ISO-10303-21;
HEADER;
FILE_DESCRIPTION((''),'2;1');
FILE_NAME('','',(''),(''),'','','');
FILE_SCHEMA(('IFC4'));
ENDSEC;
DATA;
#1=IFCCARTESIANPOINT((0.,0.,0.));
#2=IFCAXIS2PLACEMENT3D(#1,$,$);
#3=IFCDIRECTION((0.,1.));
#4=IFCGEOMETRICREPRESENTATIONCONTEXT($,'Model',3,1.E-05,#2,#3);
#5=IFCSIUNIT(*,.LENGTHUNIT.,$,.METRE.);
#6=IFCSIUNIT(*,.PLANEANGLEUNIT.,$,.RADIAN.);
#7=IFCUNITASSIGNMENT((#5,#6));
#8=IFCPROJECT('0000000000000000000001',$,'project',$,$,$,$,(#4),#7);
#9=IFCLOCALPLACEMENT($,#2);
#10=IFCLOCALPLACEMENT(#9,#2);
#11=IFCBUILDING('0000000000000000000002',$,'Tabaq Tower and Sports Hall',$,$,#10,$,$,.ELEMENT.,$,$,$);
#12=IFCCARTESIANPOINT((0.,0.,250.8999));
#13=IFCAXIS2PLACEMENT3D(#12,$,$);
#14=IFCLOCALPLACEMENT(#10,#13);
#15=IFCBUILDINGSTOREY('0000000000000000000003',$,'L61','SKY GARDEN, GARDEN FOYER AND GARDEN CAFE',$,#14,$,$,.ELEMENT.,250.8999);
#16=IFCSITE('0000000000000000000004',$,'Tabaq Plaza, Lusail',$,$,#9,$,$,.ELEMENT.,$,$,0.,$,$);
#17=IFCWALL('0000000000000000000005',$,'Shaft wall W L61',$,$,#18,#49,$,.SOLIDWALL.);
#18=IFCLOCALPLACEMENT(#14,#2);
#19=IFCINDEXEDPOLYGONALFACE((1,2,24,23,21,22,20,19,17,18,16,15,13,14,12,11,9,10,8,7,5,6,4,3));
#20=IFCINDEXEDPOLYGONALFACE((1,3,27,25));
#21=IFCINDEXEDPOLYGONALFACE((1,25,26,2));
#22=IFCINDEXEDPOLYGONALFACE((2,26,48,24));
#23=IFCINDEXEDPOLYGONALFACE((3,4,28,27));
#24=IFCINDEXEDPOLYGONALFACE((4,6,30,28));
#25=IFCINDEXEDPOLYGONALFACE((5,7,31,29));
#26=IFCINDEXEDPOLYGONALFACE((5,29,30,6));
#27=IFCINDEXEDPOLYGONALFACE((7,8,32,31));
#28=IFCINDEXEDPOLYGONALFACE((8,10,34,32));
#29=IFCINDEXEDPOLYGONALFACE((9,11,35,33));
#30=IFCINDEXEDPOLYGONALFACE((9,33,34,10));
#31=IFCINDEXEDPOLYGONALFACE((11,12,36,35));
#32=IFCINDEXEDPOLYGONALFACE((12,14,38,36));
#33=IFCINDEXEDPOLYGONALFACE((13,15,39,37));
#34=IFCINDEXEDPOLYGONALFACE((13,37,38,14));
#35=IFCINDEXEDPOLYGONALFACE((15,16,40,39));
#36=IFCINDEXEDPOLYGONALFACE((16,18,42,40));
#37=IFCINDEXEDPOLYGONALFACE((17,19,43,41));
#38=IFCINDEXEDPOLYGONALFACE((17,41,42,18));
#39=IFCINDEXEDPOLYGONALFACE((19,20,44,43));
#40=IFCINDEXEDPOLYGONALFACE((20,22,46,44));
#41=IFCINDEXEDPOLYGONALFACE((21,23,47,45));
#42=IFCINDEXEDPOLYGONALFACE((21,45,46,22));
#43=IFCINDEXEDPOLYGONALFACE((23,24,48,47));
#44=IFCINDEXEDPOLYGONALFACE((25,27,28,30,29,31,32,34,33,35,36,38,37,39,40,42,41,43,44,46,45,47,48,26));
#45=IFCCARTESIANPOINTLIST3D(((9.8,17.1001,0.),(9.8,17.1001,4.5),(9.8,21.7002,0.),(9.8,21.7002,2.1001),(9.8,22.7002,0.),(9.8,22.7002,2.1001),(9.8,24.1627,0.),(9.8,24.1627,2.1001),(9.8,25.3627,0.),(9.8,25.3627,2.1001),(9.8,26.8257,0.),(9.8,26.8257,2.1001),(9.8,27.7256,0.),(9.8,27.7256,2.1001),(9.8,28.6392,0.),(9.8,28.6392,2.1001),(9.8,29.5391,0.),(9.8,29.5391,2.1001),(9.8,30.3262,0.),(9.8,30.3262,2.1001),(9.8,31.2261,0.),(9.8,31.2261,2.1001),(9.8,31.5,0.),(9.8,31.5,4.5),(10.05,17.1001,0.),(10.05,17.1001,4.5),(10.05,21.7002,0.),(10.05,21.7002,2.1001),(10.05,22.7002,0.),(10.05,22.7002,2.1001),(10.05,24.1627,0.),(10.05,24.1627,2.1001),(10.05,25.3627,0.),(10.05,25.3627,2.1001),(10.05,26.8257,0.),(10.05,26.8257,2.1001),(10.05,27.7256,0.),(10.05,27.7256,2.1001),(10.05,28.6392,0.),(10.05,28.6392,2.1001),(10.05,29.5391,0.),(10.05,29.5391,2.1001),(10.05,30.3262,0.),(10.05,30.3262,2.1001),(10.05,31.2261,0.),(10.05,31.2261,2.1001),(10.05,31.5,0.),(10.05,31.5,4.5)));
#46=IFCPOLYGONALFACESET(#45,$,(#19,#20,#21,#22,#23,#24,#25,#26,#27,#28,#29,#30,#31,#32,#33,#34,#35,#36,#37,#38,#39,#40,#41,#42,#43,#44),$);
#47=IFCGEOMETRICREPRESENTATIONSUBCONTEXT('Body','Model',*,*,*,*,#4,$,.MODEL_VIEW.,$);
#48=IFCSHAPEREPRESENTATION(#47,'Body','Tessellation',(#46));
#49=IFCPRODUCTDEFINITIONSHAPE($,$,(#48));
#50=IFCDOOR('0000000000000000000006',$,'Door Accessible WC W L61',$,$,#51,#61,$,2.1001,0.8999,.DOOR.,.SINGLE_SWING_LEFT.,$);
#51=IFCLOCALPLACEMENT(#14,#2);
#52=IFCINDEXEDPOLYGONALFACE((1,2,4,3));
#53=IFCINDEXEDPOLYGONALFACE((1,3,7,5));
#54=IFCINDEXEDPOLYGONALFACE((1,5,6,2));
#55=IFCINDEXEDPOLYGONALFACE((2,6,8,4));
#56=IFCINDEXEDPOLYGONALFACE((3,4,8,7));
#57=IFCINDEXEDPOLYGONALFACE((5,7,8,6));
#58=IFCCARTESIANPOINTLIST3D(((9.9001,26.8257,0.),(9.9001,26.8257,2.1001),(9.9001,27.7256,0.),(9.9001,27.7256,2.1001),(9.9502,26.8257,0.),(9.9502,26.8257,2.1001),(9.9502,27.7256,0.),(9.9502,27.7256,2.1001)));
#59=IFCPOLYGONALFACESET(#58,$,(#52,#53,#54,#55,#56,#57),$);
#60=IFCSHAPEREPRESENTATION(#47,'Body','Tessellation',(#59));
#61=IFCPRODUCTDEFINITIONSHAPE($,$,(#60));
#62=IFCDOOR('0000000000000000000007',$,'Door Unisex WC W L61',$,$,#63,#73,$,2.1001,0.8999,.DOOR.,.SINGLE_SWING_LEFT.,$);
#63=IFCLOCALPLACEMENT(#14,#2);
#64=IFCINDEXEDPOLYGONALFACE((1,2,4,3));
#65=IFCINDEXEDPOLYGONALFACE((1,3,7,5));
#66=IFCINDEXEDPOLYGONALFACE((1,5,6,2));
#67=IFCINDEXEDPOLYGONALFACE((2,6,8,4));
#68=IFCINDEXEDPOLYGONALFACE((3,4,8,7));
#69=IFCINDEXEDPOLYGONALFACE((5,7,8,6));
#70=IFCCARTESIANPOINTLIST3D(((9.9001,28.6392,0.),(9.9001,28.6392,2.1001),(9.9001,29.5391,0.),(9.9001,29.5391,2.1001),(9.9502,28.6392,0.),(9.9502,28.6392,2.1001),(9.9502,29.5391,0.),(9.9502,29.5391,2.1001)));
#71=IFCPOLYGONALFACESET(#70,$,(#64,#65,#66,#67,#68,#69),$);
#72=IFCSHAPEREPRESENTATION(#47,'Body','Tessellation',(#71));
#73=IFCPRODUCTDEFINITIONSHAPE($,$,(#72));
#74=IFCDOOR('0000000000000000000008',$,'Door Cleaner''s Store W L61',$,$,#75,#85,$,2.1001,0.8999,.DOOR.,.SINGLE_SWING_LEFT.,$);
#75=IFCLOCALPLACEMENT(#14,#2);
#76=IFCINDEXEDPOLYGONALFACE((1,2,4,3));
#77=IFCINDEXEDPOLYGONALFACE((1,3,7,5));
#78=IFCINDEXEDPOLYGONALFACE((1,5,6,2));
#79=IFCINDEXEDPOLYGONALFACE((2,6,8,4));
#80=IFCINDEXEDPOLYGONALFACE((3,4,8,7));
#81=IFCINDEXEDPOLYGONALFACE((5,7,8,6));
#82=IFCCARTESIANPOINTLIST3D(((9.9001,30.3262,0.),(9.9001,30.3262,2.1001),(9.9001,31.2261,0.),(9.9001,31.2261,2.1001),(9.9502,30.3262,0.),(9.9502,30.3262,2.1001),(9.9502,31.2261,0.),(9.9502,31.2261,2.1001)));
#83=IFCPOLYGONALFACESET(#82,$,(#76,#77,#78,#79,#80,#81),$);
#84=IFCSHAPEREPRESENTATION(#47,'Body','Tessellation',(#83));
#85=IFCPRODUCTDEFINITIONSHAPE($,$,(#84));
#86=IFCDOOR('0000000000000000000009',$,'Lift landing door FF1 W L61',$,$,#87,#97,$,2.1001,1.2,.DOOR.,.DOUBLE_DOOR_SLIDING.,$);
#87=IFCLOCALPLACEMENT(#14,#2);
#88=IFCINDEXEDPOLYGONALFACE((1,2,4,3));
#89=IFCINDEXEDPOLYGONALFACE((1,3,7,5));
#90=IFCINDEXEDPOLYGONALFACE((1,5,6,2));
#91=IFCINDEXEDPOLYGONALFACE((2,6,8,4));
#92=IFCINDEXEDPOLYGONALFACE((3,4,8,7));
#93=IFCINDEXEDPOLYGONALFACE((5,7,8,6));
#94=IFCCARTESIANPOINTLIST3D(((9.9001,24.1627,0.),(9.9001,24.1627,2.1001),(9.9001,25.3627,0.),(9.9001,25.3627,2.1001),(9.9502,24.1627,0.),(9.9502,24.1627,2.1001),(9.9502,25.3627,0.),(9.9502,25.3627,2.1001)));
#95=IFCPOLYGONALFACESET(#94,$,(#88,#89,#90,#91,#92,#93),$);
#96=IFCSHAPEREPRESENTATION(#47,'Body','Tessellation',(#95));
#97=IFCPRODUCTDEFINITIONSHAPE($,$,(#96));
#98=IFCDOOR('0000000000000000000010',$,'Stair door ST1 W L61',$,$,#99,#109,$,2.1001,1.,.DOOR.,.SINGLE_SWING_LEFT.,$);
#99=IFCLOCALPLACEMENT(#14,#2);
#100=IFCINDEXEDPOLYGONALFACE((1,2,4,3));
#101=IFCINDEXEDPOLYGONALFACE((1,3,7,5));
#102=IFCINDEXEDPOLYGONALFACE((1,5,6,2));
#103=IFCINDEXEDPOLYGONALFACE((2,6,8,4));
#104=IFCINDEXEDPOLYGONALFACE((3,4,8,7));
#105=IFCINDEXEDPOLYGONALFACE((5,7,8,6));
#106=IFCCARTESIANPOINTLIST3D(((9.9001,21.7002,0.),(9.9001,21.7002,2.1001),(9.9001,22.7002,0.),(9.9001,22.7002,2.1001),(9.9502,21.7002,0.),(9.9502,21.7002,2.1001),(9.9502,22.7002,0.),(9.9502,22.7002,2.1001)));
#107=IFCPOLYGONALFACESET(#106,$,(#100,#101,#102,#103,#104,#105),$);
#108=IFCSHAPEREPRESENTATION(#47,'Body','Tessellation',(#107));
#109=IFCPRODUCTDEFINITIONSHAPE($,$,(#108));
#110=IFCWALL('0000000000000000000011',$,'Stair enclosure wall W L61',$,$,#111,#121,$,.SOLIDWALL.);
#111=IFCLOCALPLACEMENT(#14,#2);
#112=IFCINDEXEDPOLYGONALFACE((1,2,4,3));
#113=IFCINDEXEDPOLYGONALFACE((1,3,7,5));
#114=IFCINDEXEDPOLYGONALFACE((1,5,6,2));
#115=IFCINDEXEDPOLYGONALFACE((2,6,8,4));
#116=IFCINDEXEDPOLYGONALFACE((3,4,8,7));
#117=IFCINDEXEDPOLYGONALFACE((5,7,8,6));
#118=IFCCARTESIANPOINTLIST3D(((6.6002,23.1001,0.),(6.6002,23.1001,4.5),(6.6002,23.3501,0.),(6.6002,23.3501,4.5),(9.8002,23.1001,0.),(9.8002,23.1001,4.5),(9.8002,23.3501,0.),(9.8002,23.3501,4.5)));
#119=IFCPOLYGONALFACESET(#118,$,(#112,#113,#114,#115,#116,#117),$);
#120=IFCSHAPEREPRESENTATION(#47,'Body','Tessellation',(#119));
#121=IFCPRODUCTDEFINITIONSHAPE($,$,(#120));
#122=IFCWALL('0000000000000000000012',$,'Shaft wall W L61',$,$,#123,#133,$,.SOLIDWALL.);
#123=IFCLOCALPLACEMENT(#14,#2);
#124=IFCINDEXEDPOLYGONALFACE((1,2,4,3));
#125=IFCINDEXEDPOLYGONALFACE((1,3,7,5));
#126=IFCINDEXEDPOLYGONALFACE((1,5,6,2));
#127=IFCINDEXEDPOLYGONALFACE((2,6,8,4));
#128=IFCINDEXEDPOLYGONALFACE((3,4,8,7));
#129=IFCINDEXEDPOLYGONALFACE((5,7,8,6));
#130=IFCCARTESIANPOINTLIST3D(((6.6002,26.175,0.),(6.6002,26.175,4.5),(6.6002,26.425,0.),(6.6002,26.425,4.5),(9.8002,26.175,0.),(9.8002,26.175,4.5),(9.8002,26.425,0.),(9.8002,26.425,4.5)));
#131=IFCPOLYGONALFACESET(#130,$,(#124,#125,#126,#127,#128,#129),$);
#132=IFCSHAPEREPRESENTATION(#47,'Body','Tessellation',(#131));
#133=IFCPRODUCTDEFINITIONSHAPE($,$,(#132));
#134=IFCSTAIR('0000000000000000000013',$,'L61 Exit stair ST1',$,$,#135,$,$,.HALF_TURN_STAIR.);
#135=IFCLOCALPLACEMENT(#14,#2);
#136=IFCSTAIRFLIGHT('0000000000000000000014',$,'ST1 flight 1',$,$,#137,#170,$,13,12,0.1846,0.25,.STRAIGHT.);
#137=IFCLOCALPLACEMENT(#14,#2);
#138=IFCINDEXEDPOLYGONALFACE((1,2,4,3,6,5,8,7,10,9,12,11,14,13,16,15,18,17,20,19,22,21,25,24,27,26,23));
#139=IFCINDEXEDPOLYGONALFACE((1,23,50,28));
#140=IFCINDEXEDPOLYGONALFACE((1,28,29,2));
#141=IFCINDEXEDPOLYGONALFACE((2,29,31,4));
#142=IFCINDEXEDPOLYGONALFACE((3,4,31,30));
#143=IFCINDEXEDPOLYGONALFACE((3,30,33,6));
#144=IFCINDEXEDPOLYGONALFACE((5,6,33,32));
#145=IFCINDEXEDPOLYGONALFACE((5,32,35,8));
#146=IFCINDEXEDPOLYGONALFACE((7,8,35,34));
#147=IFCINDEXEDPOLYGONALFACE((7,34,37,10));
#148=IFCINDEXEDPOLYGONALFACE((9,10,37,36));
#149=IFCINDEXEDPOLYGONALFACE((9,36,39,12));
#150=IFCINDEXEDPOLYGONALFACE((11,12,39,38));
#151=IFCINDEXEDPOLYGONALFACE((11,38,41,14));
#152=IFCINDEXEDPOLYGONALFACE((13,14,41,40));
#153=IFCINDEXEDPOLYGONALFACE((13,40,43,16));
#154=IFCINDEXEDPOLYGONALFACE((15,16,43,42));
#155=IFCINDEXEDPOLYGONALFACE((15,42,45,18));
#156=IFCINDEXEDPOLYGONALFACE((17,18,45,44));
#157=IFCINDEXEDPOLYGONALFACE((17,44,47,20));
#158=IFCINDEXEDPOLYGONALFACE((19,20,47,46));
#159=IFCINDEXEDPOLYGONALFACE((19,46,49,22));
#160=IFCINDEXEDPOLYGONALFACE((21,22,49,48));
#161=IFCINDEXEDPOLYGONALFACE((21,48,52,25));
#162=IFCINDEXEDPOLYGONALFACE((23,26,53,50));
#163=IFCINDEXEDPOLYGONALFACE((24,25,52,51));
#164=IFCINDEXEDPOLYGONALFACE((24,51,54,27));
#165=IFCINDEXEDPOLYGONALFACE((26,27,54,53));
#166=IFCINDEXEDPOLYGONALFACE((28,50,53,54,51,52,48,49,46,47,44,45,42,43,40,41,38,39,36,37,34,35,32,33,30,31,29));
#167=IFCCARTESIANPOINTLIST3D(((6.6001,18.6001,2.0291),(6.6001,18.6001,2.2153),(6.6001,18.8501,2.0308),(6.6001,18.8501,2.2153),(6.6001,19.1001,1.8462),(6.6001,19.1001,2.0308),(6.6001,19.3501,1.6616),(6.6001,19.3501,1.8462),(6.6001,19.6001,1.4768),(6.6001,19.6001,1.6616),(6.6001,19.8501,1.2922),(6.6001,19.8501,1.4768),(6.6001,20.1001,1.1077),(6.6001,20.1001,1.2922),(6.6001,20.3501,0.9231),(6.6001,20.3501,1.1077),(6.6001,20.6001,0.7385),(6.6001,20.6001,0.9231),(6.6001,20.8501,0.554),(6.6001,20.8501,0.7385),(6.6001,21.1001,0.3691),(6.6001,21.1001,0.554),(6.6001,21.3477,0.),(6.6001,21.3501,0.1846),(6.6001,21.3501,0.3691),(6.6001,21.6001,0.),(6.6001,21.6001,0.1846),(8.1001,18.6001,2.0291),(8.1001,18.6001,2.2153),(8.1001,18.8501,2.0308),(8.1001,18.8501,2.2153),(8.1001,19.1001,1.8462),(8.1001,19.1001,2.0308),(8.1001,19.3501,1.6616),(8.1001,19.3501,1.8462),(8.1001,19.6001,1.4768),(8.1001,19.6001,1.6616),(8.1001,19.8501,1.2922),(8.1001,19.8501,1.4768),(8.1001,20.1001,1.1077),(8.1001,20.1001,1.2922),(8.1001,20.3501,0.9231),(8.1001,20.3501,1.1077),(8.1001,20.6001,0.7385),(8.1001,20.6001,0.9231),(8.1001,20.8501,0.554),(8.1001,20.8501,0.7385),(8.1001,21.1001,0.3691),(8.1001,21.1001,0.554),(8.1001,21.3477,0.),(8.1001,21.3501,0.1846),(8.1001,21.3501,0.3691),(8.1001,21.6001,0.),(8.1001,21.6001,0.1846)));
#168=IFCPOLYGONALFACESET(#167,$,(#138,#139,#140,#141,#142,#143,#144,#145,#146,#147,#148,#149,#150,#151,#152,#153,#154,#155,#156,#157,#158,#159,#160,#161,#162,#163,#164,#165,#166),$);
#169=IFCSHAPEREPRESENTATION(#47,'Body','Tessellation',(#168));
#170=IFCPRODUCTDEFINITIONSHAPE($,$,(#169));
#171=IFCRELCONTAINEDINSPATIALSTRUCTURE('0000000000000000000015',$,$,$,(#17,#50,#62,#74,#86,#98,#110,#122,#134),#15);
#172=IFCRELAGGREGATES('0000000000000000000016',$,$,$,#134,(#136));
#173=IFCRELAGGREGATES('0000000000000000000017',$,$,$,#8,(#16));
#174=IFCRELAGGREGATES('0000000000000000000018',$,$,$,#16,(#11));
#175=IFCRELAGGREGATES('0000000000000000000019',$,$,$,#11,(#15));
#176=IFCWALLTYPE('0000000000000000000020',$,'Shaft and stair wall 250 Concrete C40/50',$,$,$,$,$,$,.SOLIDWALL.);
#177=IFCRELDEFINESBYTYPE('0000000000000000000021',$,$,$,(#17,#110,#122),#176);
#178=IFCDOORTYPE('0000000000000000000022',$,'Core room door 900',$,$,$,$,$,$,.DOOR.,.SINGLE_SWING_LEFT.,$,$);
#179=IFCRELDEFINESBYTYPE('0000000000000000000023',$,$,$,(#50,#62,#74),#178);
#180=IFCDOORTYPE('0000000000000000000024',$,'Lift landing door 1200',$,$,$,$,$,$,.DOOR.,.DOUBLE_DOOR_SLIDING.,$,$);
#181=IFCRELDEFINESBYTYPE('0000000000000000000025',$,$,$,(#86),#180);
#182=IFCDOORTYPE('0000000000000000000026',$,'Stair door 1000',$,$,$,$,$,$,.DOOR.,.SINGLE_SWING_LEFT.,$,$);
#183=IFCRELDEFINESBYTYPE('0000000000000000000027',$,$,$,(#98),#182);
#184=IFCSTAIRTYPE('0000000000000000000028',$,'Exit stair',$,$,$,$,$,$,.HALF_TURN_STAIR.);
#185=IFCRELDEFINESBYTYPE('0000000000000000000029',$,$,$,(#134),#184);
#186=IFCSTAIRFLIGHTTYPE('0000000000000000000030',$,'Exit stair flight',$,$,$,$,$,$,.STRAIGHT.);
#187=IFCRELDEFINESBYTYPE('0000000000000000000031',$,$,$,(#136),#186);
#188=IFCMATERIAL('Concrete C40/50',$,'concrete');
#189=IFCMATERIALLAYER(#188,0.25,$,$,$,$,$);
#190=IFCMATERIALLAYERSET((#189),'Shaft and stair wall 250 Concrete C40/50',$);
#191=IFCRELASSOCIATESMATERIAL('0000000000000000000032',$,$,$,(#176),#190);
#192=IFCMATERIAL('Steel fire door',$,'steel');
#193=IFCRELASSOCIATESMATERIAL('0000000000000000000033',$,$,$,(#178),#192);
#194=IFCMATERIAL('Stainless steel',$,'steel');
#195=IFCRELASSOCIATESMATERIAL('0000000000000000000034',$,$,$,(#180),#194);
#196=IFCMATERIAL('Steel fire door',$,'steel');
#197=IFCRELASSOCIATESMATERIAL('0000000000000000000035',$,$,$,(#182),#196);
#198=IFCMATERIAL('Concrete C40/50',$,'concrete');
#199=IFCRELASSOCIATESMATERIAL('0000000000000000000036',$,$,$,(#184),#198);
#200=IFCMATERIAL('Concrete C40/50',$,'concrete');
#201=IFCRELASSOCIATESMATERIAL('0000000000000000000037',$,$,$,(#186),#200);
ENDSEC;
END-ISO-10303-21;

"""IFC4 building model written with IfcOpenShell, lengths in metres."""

from ifc_helpers import new_model, si_unit, direction, frame, frame_2d, origin, place, context, subcontext, project, spatial, polyline, rectangle, outline, extrude, material, layer, layer_set, type_object, element, fill, aggregate, save


model = new_model("IFC4")

# Units and contexts
model_context = context("Model", 3, precision=1e-05, world=origin(), true_north=direction((0.0, 1.0)))
body_context = subcontext(model_context, "Body", "Model", "MODEL_VIEW")
ifc_project = project(units=[si_unit("LENGTHUNIT", "METRE"), si_unit("PLANEANGLEUNIT", "RADIAN")], contexts=[model_context])

# Site, building, storey
site_placement = place(None, origin())
site = spatial("IfcSite", under=ifc_project, at=site_placement, Name="Tabaq Plaza, Lusail", CompositionType="ELEMENT", RefElevation=0.0)
building_placement = place(site_placement, origin())
building = spatial("IfcBuilding", under=site, at=building_placement, Name="Tabaq Tower and Sports Hall", CompositionType="ELEMENT")
storey_placement = place(building_placement, frame((0.0, 0.0, 250.8999)))
storey = spatial("IfcBuildingStorey", under=building, at=storey_placement, Name="L61", Description="SKY GARDEN, GARDEN FOYER AND GARDEN CAFE", CompositionType="ELEMENT", Elevation=250.8999)

# Wall, openings, doors
ifc_material_1 = material(Name="Concrete C40/50", Category="concrete")
ifc_layer_1 = layer(ifc_material_1, 0.25)
ifc_layer_set_1 = layer_set([ifc_layer_1], Name="Shaft and stair wall 250 Concrete C40/50")
wall_type_1 = type_object("IfcWallType", Name="Shaft and stair wall 250 Concrete C40/50", PredefinedType="SOLIDWALL", material=ifc_layer_set_1)
wall_1_placement = place(storey_placement, frame((9.925, 17.1001, 0.0), z_axis=(0.0, 0.0, 1.0), x_axis=(0.0, 1.0, 0.0)))
wall_1 = element("IfcWall", 1, at=wall_1_placement, inside=storey, type_object=wall_type_1, Name="Shaft wall W L61", PredefinedType="SOLIDWALL", context=body_context, shape_type="SweptSolid", body=[
    extrude(rectangle(XDim=14.3999, YDim=0.25, at=frame_2d((7.2, 0.0))), origin(), (0.0, 0.0, 1.0), 4.5),
])
opening_1_placement = place(wall_1_placement, frame((4.6001, 0.0, 0.0)))
opening_1 = element("IfcOpeningElement", 2, at=opening_1_placement, cuts=wall_1, PredefinedType="OPENING", context=body_context, shape_type="SweptSolid", body=[
    extrude(rectangle(XDim=1.0, YDim=2.1001, at=frame_2d((0.5, 1.05))), frame((0.0, 0.125, 0.0), z_axis=(0.0, -1.0, 0.0), x_axis=(1.0, 0.0, 0.0)), (0.0, 0.0, 1.0), 0.25),
])
opening_2_placement = place(wall_1_placement, frame((7.0625, 0.0, 0.0)))
opening_2 = element("IfcOpeningElement", 3, at=opening_2_placement, cuts=wall_1, PredefinedType="OPENING", context=body_context, shape_type="SweptSolid", body=[
    extrude(rectangle(XDim=1.2, YDim=2.1001, at=frame_2d((0.6001, 1.05))), frame((0.0, 0.125, 0.0), z_axis=(0.0, -1.0, 0.0), x_axis=(1.0, 0.0, 0.0)), (0.0, 0.0, 1.0), 0.25),
])
opening_3_placement = place(wall_1_placement, frame((9.7256, 0.0, 0.0)))
opening_3 = element("IfcOpeningElement", 4, at=opening_3_placement, cuts=wall_1, PredefinedType="OPENING", context=body_context, shape_type="SweptSolid", body=[
    extrude(rectangle(XDim=0.8999, YDim=2.1001, at=frame_2d((0.45, 1.05))), frame((0.0, 0.125, 0.0), z_axis=(0.0, -1.0, 0.0), x_axis=(1.0, 0.0, 0.0)), (0.0, 0.0, 1.0), 0.25),
])
opening_4_placement = place(wall_1_placement, frame((11.5391, 0.0, 0.0)))
opening_4 = element("IfcOpeningElement", 5, at=opening_4_placement, cuts=wall_1, PredefinedType="OPENING", context=body_context, shape_type="SweptSolid", body=[
    extrude(rectangle(XDim=0.8999, YDim=2.1001, at=frame_2d((0.45, 1.05))), frame((0.0, 0.125, 0.0), z_axis=(0.0, -1.0, 0.0), x_axis=(1.0, 0.0, 0.0)), (0.0, 0.0, 1.0), 0.25),
])
opening_5_placement = place(wall_1_placement, frame((13.2261, 0.0, 0.0)))
opening_5 = element("IfcOpeningElement", 6, at=opening_5_placement, cuts=wall_1, PredefinedType="OPENING", context=body_context, shape_type="SweptSolid", body=[
    extrude(rectangle(XDim=0.8999, YDim=2.1001, at=frame_2d((0.45, 1.05))), frame((0.0, 0.125, 0.0), z_axis=(0.0, -1.0, 0.0), x_axis=(1.0, 0.0, 0.0)), (0.0, 0.0, 1.0), 0.25),
])
ifc_material_2 = material(Name="Steel fire door", Category="steel")
door_type_1 = type_object("IfcDoorType", Name="Core room door 900", OperationType="SINGLE_SWING_LEFT", PredefinedType="DOOR", material=ifc_material_2)
door_1_placement = place(opening_3_placement, origin())
door_1 = element("IfcDoor", 7, at=door_1_placement, inside=storey, type_object=door_type_1, Name="Door Accessible WC W L61", OperationType="SINGLE_SWING_LEFT", OverallHeight=2.1001, OverallWidth=0.8999, PredefinedType="DOOR", context=body_context, shape_type="SweptSolid", body=[
    extrude(rectangle(XDim=0.8999, YDim=2.1001, at=frame_2d((0.45, 1.05))), frame((0.0, 0.0249, 0.0), z_axis=(0.0, -1.0, 0.0), x_axis=(1.0, 0.0, 0.0)), (0.0, 0.0, 1.0), 0.05),
])
fill(opening_3, door_1)
door_2_placement = place(opening_4_placement, origin())
door_2 = element("IfcDoor", 8, at=door_2_placement, inside=storey, type_object=door_type_1, Name="Door Unisex WC W L61", OperationType="SINGLE_SWING_LEFT", OverallHeight=2.1001, OverallWidth=0.8999, PredefinedType="DOOR", context=body_context, shape_type="SweptSolid", body=[
    extrude(rectangle(XDim=0.8999, YDim=2.1001, at=frame_2d((0.45, 1.05))), frame((0.0, 0.0249, 0.0), z_axis=(0.0, -1.0, 0.0), x_axis=(1.0, 0.0, 0.0)), (0.0, 0.0, 1.0), 0.05),
])
fill(opening_4, door_2)
door_3_placement = place(opening_5_placement, origin())
door_3 = element("IfcDoor", 9, at=door_3_placement, inside=storey, type_object=door_type_1, Name="Door Cleaner's Store W L61", OperationType="SINGLE_SWING_LEFT", OverallHeight=2.1001, OverallWidth=0.8999, PredefinedType="DOOR", context=body_context, shape_type="SweptSolid", body=[
    extrude(rectangle(XDim=0.8999, YDim=2.1001, at=frame_2d((0.45, 1.05))), frame((0.0, 0.0249, 0.0), z_axis=(0.0, -1.0, 0.0), x_axis=(1.0, 0.0, 0.0)), (0.0, 0.0, 1.0), 0.05),
])
fill(opening_5, door_3)
ifc_material_3 = material(Name="Stainless steel", Category="steel")
door_type_2 = type_object("IfcDoorType", Name="Lift landing door 1200", OperationType="DOUBLE_DOOR_SLIDING", PredefinedType="DOOR", material=ifc_material_3)
door_4_placement = place(opening_2_placement, origin())
door_4 = element("IfcDoor", 10, at=door_4_placement, inside=storey, type_object=door_type_2, Name="Lift landing door FF1 W L61", OperationType="DOUBLE_DOOR_SLIDING", OverallHeight=2.1001, OverallWidth=1.2, PredefinedType="DOOR", context=body_context, shape_type="SweptSolid", body=[
    extrude(rectangle(XDim=1.2, YDim=2.1001, at=frame_2d((0.6001, 1.05))), frame((0.0, 0.0249, 0.0), z_axis=(0.0, -1.0, 0.0), x_axis=(1.0, 0.0, 0.0)), (0.0, 0.0, 1.0), 0.05),
])
fill(opening_2, door_4)
ifc_material_4 = material(Name="Steel fire door", Category="steel")
door_type_3 = type_object("IfcDoorType", Name="Stair door 1000", OperationType="SINGLE_SWING_LEFT", PredefinedType="DOOR", material=ifc_material_4)
door_5_placement = place(opening_1_placement, origin())
door_5 = element("IfcDoor", 11, at=door_5_placement, inside=storey, type_object=door_type_3, Name="Stair door ST1 W L61", OperationType="SINGLE_SWING_LEFT", OverallHeight=2.1001, OverallWidth=1.0, PredefinedType="DOOR", context=body_context, shape_type="SweptSolid", body=[
    extrude(rectangle(XDim=1.0, YDim=2.1001, at=frame_2d((0.5, 1.05))), frame((0.0, 0.0249, 0.0), z_axis=(0.0, -1.0, 0.0), x_axis=(1.0, 0.0, 0.0)), (0.0, 0.0, 1.0), 0.05),
])
fill(opening_1, door_5)

# Walls
for number, where, z_axis, x_axis, name in (
    (12, (6.6001, 23.2251, 0.0), (0.0, 0.0, 1.0), (1.0, 0.0, 0.0), "Stair enclosure wall W L61"),
    (13, (6.6001, 26.3, 0.0), (0.0, 0.0, 1.0), (1.0, 0.0, 0.0), "Shaft wall W L61"),
):
    element("IfcWall", number, at=place(storey_placement, frame(where, z_axis=z_axis, x_axis=x_axis)), inside=storey, type_object=wall_type_1, Name=name, PredefinedType="SOLIDWALL", context=body_context, shape_type="SweptSolid", body=[
        extrude(rectangle(XDim=3.2, YDim=0.25, at=frame_2d((1.6001, 0.0))), origin(), (0.0, 0.0, 1.0), 4.5),
    ])

# Stair, stair flight
ifc_material_5 = material(Name="Concrete C40/50", Category="concrete")
stair_type = type_object("IfcStairType", Name="Exit stair", PredefinedType="HALF_TURN_STAIR", material=ifc_material_5)
stair_placement = place(storey_placement, origin())
stair = element("IfcStair", 14, at=stair_placement, inside=storey, type_object=stair_type, Name="L61 Exit stair ST1", PredefinedType="HALF_TURN_STAIR")
ifc_material_6 = material(Name="Concrete C40/50", Category="concrete")
stair_flight_type = type_object("IfcStairFlightType", Name="Exit stair flight", PredefinedType="STRAIGHT", material=ifc_material_6)
stair_flight_1_placement = place(storey_placement, frame((7.3501, 21.6001, 0.0), z_axis=(0.0, 0.0, 1.0), x_axis=(0.0, -1.0, 0.0)))
stair_flight_1 = element("IfcStairFlight", 15, at=stair_flight_1_placement, type_object=stair_flight_type, Name="ST1 flight 1", NumberOfRisers=13, NumberOfTreads=12, PredefinedType="STRAIGHT", RiserHeight=0.1846, TreadLength=0.25, context=body_context, shape_type="SweptSolid", body=[
    extrude(outline(polyline([(0.0, 0.0), (0.0, 0.1846), (0.25, 0.1846), (0.25, 0.3691), (0.5, 0.3691), (0.5, 0.554), (0.75, 0.554), (0.75, 0.7385), (1.0, 0.7385), (1.0, 0.9231), (1.25, 0.9231), (1.25, 1.1077), (1.5, 1.1077), (1.5, 1.2922), (1.75, 1.2922), (1.75, 1.4768), (2.0, 1.4768), (2.0, 1.6616), (2.25, 1.6616), (2.25, 1.8462), (2.5, 1.8462), (2.5, 2.0308), (2.75, 2.0308), (2.75, 2.2153), (3.0, 2.2153), (3.0, 2.3999), (3.0, 2.0291), (0.2524, 0.0), (0.0, 0.0)])), frame((0.0, 0.75, 0.0), z_axis=(0.0, -1.0, 0.0), x_axis=(1.0, 0.0, 0.0)), (0.0, 0.0, 1.0), 1.5),
])
aggregate(stair, [stair_flight_1])

save(model, "model.ifc")
